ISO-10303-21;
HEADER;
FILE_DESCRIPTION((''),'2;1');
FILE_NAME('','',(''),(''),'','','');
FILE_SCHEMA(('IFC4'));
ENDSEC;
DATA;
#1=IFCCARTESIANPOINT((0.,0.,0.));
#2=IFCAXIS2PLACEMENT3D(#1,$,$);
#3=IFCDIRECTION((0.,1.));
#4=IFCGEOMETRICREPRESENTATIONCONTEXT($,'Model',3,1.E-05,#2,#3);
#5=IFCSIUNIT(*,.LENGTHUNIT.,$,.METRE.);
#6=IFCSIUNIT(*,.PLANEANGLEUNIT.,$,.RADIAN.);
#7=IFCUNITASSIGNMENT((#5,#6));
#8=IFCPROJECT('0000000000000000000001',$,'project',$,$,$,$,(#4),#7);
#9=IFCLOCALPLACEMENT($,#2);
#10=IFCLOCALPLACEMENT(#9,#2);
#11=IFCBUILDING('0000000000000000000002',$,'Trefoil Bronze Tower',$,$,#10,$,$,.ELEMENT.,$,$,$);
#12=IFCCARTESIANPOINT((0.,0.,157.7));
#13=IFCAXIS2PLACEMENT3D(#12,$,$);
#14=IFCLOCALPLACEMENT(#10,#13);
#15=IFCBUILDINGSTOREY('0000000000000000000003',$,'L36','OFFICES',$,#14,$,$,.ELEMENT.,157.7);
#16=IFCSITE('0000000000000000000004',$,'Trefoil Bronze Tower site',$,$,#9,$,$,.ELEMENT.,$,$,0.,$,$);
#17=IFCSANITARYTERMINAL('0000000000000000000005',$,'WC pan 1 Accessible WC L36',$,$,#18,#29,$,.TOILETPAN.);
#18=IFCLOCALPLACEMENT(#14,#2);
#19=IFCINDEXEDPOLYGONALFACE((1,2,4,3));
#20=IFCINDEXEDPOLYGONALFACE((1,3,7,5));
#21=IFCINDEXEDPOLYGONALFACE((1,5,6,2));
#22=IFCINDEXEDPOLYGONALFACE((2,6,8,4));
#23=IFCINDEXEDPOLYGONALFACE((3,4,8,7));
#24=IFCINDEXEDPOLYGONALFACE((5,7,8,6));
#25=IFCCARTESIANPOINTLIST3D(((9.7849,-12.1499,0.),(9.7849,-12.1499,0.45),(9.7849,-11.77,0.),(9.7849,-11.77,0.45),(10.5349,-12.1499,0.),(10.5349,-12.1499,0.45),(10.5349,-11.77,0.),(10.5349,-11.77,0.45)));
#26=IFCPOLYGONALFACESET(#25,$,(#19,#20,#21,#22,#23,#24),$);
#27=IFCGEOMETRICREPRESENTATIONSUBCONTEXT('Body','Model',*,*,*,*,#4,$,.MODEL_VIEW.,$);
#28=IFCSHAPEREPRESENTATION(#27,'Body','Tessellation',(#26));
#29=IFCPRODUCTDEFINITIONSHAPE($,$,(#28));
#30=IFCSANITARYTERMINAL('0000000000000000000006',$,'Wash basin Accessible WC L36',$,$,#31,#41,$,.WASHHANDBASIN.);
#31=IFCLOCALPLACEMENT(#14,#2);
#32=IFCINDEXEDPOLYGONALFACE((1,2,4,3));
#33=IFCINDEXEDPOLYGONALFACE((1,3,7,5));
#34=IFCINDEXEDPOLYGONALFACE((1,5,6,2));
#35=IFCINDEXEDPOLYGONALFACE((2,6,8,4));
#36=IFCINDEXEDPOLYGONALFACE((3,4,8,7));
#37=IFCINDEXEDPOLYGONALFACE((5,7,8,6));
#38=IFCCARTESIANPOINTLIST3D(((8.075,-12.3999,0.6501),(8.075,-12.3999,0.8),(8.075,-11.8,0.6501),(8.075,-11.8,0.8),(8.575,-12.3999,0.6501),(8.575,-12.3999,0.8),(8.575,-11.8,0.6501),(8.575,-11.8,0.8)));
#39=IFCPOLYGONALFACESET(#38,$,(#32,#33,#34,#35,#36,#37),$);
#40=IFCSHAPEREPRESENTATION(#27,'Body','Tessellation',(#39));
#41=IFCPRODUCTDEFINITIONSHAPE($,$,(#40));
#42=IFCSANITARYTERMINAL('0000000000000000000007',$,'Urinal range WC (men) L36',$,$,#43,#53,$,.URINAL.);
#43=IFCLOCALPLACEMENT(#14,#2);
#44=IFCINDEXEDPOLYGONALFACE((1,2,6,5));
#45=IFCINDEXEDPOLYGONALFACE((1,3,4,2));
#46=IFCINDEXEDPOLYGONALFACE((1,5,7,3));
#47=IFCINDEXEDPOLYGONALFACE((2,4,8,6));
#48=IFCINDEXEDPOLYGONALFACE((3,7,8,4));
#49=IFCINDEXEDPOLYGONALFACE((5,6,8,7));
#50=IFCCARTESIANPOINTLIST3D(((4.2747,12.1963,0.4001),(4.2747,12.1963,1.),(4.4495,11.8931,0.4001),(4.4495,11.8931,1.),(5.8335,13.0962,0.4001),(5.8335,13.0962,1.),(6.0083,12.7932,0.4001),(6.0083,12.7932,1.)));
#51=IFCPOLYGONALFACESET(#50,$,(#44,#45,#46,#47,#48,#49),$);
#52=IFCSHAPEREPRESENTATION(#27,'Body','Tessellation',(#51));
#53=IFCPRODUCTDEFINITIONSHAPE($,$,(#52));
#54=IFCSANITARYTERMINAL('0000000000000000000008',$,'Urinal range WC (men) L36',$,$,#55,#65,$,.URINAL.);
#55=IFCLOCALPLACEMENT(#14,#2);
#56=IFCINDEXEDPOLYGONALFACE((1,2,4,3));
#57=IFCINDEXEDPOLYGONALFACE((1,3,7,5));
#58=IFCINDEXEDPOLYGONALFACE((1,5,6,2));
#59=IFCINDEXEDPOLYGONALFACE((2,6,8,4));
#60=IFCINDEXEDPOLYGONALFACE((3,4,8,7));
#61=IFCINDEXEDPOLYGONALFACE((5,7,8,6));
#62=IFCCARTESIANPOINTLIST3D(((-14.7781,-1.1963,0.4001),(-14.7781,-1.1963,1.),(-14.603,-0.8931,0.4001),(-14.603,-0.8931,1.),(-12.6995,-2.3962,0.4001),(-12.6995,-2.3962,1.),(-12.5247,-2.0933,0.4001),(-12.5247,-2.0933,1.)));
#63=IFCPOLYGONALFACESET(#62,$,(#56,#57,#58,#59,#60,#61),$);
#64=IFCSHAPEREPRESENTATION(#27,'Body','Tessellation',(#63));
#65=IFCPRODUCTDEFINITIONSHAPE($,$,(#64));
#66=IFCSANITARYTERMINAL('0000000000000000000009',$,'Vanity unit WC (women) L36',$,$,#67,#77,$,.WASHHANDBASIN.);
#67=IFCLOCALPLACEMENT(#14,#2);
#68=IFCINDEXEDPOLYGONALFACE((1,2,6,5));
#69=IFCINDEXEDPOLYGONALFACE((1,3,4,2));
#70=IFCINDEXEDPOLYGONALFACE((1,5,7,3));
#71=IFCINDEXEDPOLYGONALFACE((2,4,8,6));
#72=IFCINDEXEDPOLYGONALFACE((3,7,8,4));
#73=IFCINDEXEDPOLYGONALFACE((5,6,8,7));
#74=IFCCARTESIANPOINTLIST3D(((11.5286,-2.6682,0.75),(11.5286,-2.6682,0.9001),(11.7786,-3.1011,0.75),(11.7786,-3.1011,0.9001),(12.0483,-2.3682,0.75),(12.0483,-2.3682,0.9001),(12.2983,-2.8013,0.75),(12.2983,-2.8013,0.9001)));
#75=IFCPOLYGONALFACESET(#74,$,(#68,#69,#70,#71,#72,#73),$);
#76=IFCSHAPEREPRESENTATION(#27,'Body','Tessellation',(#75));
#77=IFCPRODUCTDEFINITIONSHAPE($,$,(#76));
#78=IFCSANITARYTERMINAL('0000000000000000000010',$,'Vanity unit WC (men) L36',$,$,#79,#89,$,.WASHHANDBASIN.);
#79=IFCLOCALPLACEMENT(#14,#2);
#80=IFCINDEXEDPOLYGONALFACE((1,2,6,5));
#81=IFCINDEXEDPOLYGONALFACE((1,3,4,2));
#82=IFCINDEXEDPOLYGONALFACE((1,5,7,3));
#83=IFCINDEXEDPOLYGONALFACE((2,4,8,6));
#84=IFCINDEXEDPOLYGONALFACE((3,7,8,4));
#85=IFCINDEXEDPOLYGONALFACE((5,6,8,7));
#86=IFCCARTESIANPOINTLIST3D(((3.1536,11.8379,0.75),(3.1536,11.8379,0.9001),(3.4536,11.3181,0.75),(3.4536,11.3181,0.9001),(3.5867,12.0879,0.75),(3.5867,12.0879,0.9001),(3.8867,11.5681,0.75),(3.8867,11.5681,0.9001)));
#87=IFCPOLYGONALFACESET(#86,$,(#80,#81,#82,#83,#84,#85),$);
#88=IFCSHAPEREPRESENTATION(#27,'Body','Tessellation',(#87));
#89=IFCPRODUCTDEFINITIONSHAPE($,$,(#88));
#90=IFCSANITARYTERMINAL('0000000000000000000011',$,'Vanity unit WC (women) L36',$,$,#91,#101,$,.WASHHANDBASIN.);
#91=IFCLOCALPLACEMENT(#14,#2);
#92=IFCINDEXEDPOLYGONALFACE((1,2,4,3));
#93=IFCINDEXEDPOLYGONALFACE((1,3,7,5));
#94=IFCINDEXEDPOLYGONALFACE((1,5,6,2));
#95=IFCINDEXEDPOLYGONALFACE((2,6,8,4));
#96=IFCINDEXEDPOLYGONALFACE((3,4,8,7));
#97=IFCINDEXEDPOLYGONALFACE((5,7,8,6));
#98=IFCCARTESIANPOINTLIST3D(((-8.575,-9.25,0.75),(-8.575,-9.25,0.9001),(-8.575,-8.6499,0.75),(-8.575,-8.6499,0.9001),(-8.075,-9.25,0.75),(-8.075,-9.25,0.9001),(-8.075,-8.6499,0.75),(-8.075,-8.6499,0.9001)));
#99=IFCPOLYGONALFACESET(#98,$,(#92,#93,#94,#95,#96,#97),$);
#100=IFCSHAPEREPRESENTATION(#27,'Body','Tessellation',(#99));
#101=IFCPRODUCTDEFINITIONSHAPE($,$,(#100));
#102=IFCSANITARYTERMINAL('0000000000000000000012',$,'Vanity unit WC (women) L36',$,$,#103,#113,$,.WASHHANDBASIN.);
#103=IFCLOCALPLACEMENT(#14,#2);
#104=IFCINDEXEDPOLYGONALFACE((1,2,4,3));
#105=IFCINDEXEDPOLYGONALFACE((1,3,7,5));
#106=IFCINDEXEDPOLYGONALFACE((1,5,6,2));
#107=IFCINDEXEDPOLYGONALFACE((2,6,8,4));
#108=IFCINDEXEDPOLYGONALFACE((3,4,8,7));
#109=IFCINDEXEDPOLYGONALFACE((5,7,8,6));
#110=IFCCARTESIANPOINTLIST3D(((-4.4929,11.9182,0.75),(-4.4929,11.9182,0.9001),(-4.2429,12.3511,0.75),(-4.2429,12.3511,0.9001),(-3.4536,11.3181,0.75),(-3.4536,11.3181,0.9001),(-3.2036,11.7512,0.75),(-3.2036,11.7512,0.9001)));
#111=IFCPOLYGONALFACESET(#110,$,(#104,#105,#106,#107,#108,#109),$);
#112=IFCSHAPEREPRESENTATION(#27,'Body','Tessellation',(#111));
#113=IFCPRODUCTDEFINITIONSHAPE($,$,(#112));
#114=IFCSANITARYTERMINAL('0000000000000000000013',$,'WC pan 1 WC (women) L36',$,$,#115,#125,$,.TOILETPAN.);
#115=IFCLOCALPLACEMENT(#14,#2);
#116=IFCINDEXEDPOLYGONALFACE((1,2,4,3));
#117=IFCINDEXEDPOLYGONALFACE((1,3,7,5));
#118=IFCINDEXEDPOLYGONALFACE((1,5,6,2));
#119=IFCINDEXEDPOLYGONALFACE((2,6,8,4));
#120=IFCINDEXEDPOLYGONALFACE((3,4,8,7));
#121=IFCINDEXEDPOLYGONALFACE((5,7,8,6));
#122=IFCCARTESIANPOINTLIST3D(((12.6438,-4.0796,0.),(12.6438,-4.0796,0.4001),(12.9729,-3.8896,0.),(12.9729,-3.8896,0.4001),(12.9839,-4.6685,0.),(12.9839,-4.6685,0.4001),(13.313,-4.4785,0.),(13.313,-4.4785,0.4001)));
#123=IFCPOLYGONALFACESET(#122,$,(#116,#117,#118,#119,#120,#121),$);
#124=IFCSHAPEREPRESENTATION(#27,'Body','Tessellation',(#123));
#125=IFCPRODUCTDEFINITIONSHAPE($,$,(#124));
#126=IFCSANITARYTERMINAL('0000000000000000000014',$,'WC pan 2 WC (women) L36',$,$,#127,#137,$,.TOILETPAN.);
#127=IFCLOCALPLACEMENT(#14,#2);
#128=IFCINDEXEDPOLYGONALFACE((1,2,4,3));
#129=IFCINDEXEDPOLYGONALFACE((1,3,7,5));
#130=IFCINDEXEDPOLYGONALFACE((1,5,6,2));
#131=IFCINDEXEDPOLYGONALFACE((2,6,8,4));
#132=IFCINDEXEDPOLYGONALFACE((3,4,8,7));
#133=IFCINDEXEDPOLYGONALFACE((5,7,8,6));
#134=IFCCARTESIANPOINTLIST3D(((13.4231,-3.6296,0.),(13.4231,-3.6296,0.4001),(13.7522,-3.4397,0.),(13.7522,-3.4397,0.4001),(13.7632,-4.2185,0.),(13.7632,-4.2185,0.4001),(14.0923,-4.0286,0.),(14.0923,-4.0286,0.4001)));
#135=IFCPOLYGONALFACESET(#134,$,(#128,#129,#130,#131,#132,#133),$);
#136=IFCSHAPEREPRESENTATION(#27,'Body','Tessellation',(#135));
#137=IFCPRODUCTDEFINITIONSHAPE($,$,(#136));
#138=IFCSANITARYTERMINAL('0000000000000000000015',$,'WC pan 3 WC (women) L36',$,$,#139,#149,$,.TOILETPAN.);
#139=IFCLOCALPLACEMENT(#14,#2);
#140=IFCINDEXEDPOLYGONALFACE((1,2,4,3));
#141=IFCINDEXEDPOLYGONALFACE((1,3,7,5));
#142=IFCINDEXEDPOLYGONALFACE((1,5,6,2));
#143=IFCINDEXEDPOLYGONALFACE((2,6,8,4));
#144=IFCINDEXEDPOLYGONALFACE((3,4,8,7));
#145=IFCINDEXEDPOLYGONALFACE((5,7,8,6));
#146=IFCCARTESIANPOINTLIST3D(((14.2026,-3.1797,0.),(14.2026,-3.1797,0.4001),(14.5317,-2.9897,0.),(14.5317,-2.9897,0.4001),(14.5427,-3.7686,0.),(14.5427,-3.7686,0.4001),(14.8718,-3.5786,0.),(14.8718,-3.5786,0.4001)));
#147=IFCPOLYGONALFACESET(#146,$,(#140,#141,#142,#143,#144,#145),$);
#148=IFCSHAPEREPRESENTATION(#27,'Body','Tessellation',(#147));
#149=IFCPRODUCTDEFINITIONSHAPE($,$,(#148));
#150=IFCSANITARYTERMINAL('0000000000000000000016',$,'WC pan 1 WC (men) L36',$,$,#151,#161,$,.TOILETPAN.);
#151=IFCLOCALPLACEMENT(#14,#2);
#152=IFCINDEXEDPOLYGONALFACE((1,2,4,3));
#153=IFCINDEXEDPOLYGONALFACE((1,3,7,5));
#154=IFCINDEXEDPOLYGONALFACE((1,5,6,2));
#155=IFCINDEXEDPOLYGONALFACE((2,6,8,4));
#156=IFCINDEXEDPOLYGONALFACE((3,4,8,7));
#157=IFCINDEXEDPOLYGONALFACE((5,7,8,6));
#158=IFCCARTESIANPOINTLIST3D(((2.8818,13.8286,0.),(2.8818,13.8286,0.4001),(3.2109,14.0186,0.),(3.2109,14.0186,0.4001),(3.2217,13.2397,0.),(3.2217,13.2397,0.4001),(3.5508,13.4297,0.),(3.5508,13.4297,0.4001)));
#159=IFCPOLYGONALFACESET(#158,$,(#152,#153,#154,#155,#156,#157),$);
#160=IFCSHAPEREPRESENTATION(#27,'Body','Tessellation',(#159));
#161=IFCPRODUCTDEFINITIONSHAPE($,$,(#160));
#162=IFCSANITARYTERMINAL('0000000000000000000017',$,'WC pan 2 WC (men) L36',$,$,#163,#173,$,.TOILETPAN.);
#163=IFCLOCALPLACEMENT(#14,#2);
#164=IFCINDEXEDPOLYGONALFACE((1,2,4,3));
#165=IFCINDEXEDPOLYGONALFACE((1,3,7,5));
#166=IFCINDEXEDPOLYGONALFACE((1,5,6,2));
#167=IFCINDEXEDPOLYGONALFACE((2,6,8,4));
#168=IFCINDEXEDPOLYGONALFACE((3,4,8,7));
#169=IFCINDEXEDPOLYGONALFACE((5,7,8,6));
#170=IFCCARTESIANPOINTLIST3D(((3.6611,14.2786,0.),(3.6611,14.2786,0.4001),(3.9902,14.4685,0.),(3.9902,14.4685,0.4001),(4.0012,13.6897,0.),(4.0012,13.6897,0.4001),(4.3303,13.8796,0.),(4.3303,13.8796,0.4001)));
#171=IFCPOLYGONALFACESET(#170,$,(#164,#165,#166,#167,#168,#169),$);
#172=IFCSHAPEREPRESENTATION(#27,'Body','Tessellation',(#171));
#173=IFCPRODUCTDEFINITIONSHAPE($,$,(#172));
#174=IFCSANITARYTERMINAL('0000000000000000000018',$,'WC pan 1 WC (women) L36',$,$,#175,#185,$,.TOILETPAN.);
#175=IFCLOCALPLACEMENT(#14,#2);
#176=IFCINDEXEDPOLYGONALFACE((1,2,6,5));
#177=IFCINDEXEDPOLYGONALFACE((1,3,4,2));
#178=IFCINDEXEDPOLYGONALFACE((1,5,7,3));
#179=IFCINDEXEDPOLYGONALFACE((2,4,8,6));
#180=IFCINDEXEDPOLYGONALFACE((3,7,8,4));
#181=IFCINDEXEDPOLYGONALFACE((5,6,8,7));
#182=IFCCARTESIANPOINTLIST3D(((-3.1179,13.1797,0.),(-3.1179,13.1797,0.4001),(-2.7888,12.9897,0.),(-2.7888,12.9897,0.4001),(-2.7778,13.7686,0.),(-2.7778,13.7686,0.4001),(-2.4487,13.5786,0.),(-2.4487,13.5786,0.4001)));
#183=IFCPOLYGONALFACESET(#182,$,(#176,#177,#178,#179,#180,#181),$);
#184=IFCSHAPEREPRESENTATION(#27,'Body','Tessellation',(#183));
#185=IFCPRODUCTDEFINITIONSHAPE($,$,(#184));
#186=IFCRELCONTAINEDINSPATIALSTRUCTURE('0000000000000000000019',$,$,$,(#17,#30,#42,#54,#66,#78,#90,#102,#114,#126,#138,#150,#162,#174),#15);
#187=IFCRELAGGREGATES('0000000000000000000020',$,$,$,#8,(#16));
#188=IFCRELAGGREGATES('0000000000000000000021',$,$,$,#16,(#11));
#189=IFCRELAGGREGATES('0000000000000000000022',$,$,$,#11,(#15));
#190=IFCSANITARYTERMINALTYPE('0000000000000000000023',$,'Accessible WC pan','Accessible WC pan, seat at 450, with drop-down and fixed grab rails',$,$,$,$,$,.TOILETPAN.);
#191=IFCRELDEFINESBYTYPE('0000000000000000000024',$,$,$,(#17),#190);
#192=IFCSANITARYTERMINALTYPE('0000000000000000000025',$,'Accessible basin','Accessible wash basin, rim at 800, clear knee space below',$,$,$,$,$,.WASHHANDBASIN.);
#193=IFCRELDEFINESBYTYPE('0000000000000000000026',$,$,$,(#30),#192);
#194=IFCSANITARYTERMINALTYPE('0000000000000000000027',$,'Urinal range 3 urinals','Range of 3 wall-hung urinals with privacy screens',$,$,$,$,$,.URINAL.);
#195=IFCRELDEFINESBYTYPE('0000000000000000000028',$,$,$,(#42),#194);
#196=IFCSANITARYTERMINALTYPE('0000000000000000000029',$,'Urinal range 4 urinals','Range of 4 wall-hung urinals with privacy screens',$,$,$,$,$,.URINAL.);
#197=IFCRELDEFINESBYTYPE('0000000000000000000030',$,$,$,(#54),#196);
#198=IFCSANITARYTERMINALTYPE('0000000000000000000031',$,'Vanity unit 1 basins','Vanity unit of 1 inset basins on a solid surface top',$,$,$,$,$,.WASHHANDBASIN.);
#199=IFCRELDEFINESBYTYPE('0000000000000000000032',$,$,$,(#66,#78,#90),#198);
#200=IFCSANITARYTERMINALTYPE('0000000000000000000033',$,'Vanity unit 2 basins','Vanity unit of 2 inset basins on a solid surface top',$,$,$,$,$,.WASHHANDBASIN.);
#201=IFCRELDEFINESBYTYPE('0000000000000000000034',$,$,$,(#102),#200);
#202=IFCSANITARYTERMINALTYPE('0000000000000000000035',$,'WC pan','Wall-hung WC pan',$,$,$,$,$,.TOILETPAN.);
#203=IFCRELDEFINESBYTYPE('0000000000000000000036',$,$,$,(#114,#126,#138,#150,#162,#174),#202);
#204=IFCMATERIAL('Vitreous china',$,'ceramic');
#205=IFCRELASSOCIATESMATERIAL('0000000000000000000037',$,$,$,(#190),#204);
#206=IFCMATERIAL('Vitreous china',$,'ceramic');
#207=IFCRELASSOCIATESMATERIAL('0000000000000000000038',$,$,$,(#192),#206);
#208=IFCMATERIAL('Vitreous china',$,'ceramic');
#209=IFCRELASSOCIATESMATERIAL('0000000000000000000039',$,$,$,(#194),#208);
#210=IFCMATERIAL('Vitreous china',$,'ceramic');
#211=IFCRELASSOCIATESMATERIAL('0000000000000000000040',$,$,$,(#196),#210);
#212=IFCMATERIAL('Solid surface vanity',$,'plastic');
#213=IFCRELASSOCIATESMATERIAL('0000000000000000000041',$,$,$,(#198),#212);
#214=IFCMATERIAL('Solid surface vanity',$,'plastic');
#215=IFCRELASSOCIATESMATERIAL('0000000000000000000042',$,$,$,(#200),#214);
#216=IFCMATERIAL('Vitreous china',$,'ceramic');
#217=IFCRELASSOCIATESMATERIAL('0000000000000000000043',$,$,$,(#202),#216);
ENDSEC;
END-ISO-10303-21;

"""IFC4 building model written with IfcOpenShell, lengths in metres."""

from ifc_helpers import new_model, si_unit, direction, frame, origin, place, context, subcontext, project, spatial, polyline, outline, extrude, material, type_object, element, save


model = new_model("IFC4")

# Units and contexts
model_context = context("Model", 3, precision=1e-05, world=origin(), true_north=direction((0.0, 1.0)))
body_context = subcontext(model_context, "Body", "Model", "MODEL_VIEW")
ifc_project = project(units=[si_unit("LENGTHUNIT", "METRE"), si_unit("PLANEANGLEUNIT", "RADIAN")], contexts=[model_context])

# Site, building, storey
site_placement = place(None, origin())
site = spatial("IfcSite", under=ifc_project, at=site_placement, Name="Trefoil Bronze Tower site", CompositionType="ELEMENT", RefElevation=0.0)
building_placement = place(site_placement, origin())
building = spatial("IfcBuilding", under=site, at=building_placement, Name="Trefoil Bronze Tower", CompositionType="ELEMENT")
storey_placement = place(building_placement, frame((0.0, 0.0, 157.7)))
storey = spatial("IfcBuildingStorey", under=building, at=storey_placement, Name="L36", Description="OFFICES", CompositionType="ELEMENT", Elevation=157.7)

# Sanitary terminals
ifc_material_1 = material(Name="Vitreous china", Category="ceramic")
sanitary_terminal_type_1 = type_object("IfcSanitaryTerminalType", Name="Accessible WC pan", Description="Accessible WC pan, seat at 450, with drop-down and fixed grab rails", PredefinedType="TOILETPAN", material=ifc_material_1)
sanitary_terminal_1_placement = place(storey_placement, origin())
element("IfcSanitaryTerminal", 1, at=sanitary_terminal_1_placement, inside=storey, type_object=sanitary_terminal_type_1, Name="WC pan 1 Accessible WC L36", PredefinedType="TOILETPAN", context=body_context, shape_type="SweptSolid", body=[
    extrude(outline(polyline([(9.7849, -11.77), (10.5349, -11.77), (10.5349, -12.1499), (9.7849, -12.1499), (9.7849, -11.77)])), origin(), (0.0, 0.0, 1.0), 0.45),
])
ifc_material_2 = material(Name="Vitreous china", Category="ceramic")
sanitary_terminal_type_2 = type_object("IfcSanitaryTerminalType", Name="Accessible basin", Description="Accessible wash basin, rim at 800, clear knee space below", PredefinedType="WASHHANDBASIN", material=ifc_material_2)
sanitary_terminal_2_placement = place(storey_placement, frame((0.0, 0.0, 0.6501)))
element("IfcSanitaryTerminal", 2, at=sanitary_terminal_2_placement, inside=storey, type_object=sanitary_terminal_type_2, Name="Wash basin Accessible WC L36", PredefinedType="WASHHANDBASIN", context=body_context, shape_type="SweptSolid", body=[
    extrude(outline(polyline([(8.075, -11.8), (8.575, -11.8), (8.575, -12.3999), (8.075, -12.3999), (8.075, -11.8)])), origin(), (0.0, 0.0, 1.0), 0.1499),
])
ifc_material_3 = material(Name="Vitreous china", Category="ceramic")
sanitary_terminal_type_3 = type_object("IfcSanitaryTerminalType", Name="Urinal range 3 urinals", Description="Range of 3 wall-hung urinals with privacy screens", PredefinedType="URINAL", material=ifc_material_3)
sanitary_terminal_3_placement = place(storey_placement, frame((0.0, 0.0, 0.4001)))
element("IfcSanitaryTerminal", 3, at=sanitary_terminal_3_placement, inside=storey, type_object=sanitary_terminal_type_3, Name="Urinal range WC (men) L36", PredefinedType="URINAL", context=body_context, shape_type="SweptSolid", body=[
    extrude(outline(polyline([(4.4495, 11.8931), (4.2747, 12.1963), (5.8335, 13.0962), (6.0083, 12.7932), (4.4495, 11.8931)])), origin(), (0.0, 0.0, 1.0), 0.5999),
])
ifc_material_4 = material(Name="Vitreous china", Category="ceramic")
sanitary_terminal_type_4 = type_object("IfcSanitaryTerminalType", Name="Urinal range 4 urinals", Description="Range of 4 wall-hung urinals with privacy screens", PredefinedType="URINAL", material=ifc_material_4)
sanitary_terminal_4_placement = place(storey_placement, frame((0.0, 0.0, 0.4001)))
element("IfcSanitaryTerminal", 4, at=sanitary_terminal_4_placement, inside=storey, type_object=sanitary_terminal_type_4, Name="Urinal range WC (men) L36", PredefinedType="URINAL", context=body_context, shape_type="SweptSolid", body=[
    extrude(outline(polyline([(-12.5247, -2.0933), (-12.6995, -2.3962), (-14.7781, -1.1963), (-14.603, -0.8931), (-12.5247, -2.0933)])), origin(), (0.0, 0.0, 1.0), 0.5999),
])
ifc_material_5 = material(Name="Solid surface vanity", Category="plastic")
sanitary_terminal_type_5 = type_object("IfcSanitaryTerminalType", Name="Vanity unit 1 basins", Description="Vanity unit of 1 inset basins on a solid surface top", PredefinedType="WASHHANDBASIN", material=ifc_material_5)
sanitary_terminal_5_placement = place(storey_placement, frame((0.0, 0.0, 0.75)))
element("IfcSanitaryTerminal", 5, at=sanitary_terminal_5_placement, inside=storey, type_object=sanitary_terminal_type_5, Name="Vanity unit WC (women) L36", PredefinedType="WASHHANDBASIN", context=body_context, shape_type="SweptSolid", body=[
    extrude(outline(polyline([(11.5286, -2.6682), (11.7786, -3.1011), (12.2983, -2.8013), (12.0483, -2.3682), (11.5286, -2.6682)])), origin(), (0.0, 0.0, 1.0), 0.1501),
])
sanitary_terminal_6_placement = place(storey_placement, frame((0.0, 0.0, 0.75)))
element("IfcSanitaryTerminal", 6, at=sanitary_terminal_6_placement, inside=storey, type_object=sanitary_terminal_type_5, Name="Vanity unit WC (men) L36", PredefinedType="WASHHANDBASIN", context=body_context, shape_type="SweptSolid", body=[
    extrude(outline(polyline([(3.4536, 11.3181), (3.1536, 11.8379), (3.5867, 12.0879), (3.8867, 11.5681), (3.4536, 11.3181)])), origin(), (0.0, 0.0, 1.0), 0.1501),
])
sanitary_terminal_7_placement = place(storey_placement, frame((0.0, 0.0, 0.75)))
element("IfcSanitaryTerminal", 7, at=sanitary_terminal_7_placement, inside=storey, type_object=sanitary_terminal_type_5, Name="Vanity unit WC (women) L36", PredefinedType="WASHHANDBASIN", context=body_context, shape_type="SweptSolid", body=[
    extrude(outline(polyline([(-8.075, -8.6499), (-8.575, -8.6499), (-8.575, -9.25), (-8.075, -9.25), (-8.075, -8.6499)])), origin(), (0.0, 0.0, 1.0), 0.1501),
])
ifc_material_6 = material(Name="Solid surface vanity", Category="plastic")
sanitary_terminal_type_6 = type_object("IfcSanitaryTerminalType", Name="Vanity unit 2 basins", Description="Vanity unit of 2 inset basins on a solid surface top", PredefinedType="WASHHANDBASIN", material=ifc_material_6)
sanitary_terminal_8_placement = place(storey_placement, frame((0.0, 0.0, 0.75)))
element("IfcSanitaryTerminal", 8, at=sanitary_terminal_8_placement, inside=storey, type_object=sanitary_terminal_type_6, Name="Vanity unit WC (women) L36", PredefinedType="WASHHANDBASIN", context=body_context, shape_type="SweptSolid", body=[
    extrude(outline(polyline([(-3.4536, 11.3181), (-3.2036, 11.7512), (-4.2429, 12.3511), (-4.4929, 11.9182), (-3.4536, 11.3181)])), origin(), (0.0, 0.0, 1.0), 0.1501),
])
ifc_material_7 = material(Name="Vitreous china", Category="ceramic")
sanitary_terminal_type_7 = type_object("IfcSanitaryTerminalType", Name="WC pan", Description="Wall-hung WC pan", PredefinedType="TOILETPAN", material=ifc_material_7)
sanitary_terminal_9_placement = place(storey_placement, origin())
element("IfcSanitaryTerminal", 9, at=sanitary_terminal_9_placement, inside=storey, type_object=sanitary_terminal_type_7, Name="WC pan 1 WC (women) L36", PredefinedType="TOILETPAN", context=body_context, shape_type="SweptSolid", body=[
    extrude(outline(polyline([(12.6438, -4.0796), (12.9839, -4.6685), (13.313, -4.4785), (12.9729, -3.8896), (12.6438, -4.0796)])), origin(), (0.0, 0.0, 1.0), 0.4001),
])
sanitary_terminal_10_placement = place(storey_placement, origin())
element("IfcSanitaryTerminal", 10, at=sanitary_terminal_10_placement, inside=storey, type_object=sanitary_terminal_type_7, Name="WC pan 2 WC (women) L36", PredefinedType="TOILETPAN", context=body_context, shape_type="SweptSolid", body=[
    extrude(outline(polyline([(13.4231, -3.6296), (13.7632, -4.2185), (14.0923, -4.0286), (13.7522, -3.4397), (13.4231, -3.6296)])), origin(), (0.0, 0.0, 1.0), 0.4001),
])
sanitary_terminal_11_placement = place(storey_placement, origin())
element("IfcSanitaryTerminal", 11, at=sanitary_terminal_11_placement, inside=storey, type_object=sanitary_terminal_type_7, Name="WC pan 3 WC (women) L36", PredefinedType="TOILETPAN", context=body_context, shape_type="SweptSolid", body=[
    extrude(outline(polyline([(14.2026, -3.1797), (14.5427, -3.7686), (14.8718, -3.5786), (14.5317, -2.9897), (14.2026, -3.1797)])), origin(), (0.0, 0.0, 1.0), 0.4001),
])
sanitary_terminal_12_placement = place(storey_placement, origin())
element("IfcSanitaryTerminal", 12, at=sanitary_terminal_12_placement, inside=storey, type_object=sanitary_terminal_type_7, Name="WC pan 1 WC (men) L36", PredefinedType="TOILETPAN", context=body_context, shape_type="SweptSolid", body=[
    extrude(outline(polyline([(3.2217, 13.2397), (2.8818, 13.8286), (3.2109, 14.0186), (3.5508, 13.4297), (3.2217, 13.2397)])), origin(), (0.0, 0.0, 1.0), 0.4001),
])
sanitary_terminal_13_placement = place(storey_placement, origin())
element("IfcSanitaryTerminal", 13, at=sanitary_terminal_13_placement, inside=storey, type_object=sanitary_terminal_type_7, Name="WC pan 2 WC (men) L36", PredefinedType="TOILETPAN", context=body_context, shape_type="SweptSolid", body=[
    extrude(outline(polyline([(4.0012, 13.6897), (3.6611, 14.2786), (3.9902, 14.4685), (4.3303, 13.8796), (4.0012, 13.6897)])), origin(), (0.0, 0.0, 1.0), 0.4001),
])
sanitary_terminal_14_placement = place(storey_placement, origin())
element("IfcSanitaryTerminal", 14, at=sanitary_terminal_14_placement, inside=storey, type_object=sanitary_terminal_type_7, Name="WC pan 1 WC (women) L36", PredefinedType="TOILETPAN", context=body_context, shape_type="SweptSolid", body=[
    extrude(outline(polyline([(-2.7888, 12.9897), (-2.4487, 13.5786), (-2.7778, 13.7686), (-3.1179, 13.1797), (-2.7888, 12.9897)])), origin(), (0.0, 0.0, 1.0), 0.4001),
])

save(model, "model.ifc")
